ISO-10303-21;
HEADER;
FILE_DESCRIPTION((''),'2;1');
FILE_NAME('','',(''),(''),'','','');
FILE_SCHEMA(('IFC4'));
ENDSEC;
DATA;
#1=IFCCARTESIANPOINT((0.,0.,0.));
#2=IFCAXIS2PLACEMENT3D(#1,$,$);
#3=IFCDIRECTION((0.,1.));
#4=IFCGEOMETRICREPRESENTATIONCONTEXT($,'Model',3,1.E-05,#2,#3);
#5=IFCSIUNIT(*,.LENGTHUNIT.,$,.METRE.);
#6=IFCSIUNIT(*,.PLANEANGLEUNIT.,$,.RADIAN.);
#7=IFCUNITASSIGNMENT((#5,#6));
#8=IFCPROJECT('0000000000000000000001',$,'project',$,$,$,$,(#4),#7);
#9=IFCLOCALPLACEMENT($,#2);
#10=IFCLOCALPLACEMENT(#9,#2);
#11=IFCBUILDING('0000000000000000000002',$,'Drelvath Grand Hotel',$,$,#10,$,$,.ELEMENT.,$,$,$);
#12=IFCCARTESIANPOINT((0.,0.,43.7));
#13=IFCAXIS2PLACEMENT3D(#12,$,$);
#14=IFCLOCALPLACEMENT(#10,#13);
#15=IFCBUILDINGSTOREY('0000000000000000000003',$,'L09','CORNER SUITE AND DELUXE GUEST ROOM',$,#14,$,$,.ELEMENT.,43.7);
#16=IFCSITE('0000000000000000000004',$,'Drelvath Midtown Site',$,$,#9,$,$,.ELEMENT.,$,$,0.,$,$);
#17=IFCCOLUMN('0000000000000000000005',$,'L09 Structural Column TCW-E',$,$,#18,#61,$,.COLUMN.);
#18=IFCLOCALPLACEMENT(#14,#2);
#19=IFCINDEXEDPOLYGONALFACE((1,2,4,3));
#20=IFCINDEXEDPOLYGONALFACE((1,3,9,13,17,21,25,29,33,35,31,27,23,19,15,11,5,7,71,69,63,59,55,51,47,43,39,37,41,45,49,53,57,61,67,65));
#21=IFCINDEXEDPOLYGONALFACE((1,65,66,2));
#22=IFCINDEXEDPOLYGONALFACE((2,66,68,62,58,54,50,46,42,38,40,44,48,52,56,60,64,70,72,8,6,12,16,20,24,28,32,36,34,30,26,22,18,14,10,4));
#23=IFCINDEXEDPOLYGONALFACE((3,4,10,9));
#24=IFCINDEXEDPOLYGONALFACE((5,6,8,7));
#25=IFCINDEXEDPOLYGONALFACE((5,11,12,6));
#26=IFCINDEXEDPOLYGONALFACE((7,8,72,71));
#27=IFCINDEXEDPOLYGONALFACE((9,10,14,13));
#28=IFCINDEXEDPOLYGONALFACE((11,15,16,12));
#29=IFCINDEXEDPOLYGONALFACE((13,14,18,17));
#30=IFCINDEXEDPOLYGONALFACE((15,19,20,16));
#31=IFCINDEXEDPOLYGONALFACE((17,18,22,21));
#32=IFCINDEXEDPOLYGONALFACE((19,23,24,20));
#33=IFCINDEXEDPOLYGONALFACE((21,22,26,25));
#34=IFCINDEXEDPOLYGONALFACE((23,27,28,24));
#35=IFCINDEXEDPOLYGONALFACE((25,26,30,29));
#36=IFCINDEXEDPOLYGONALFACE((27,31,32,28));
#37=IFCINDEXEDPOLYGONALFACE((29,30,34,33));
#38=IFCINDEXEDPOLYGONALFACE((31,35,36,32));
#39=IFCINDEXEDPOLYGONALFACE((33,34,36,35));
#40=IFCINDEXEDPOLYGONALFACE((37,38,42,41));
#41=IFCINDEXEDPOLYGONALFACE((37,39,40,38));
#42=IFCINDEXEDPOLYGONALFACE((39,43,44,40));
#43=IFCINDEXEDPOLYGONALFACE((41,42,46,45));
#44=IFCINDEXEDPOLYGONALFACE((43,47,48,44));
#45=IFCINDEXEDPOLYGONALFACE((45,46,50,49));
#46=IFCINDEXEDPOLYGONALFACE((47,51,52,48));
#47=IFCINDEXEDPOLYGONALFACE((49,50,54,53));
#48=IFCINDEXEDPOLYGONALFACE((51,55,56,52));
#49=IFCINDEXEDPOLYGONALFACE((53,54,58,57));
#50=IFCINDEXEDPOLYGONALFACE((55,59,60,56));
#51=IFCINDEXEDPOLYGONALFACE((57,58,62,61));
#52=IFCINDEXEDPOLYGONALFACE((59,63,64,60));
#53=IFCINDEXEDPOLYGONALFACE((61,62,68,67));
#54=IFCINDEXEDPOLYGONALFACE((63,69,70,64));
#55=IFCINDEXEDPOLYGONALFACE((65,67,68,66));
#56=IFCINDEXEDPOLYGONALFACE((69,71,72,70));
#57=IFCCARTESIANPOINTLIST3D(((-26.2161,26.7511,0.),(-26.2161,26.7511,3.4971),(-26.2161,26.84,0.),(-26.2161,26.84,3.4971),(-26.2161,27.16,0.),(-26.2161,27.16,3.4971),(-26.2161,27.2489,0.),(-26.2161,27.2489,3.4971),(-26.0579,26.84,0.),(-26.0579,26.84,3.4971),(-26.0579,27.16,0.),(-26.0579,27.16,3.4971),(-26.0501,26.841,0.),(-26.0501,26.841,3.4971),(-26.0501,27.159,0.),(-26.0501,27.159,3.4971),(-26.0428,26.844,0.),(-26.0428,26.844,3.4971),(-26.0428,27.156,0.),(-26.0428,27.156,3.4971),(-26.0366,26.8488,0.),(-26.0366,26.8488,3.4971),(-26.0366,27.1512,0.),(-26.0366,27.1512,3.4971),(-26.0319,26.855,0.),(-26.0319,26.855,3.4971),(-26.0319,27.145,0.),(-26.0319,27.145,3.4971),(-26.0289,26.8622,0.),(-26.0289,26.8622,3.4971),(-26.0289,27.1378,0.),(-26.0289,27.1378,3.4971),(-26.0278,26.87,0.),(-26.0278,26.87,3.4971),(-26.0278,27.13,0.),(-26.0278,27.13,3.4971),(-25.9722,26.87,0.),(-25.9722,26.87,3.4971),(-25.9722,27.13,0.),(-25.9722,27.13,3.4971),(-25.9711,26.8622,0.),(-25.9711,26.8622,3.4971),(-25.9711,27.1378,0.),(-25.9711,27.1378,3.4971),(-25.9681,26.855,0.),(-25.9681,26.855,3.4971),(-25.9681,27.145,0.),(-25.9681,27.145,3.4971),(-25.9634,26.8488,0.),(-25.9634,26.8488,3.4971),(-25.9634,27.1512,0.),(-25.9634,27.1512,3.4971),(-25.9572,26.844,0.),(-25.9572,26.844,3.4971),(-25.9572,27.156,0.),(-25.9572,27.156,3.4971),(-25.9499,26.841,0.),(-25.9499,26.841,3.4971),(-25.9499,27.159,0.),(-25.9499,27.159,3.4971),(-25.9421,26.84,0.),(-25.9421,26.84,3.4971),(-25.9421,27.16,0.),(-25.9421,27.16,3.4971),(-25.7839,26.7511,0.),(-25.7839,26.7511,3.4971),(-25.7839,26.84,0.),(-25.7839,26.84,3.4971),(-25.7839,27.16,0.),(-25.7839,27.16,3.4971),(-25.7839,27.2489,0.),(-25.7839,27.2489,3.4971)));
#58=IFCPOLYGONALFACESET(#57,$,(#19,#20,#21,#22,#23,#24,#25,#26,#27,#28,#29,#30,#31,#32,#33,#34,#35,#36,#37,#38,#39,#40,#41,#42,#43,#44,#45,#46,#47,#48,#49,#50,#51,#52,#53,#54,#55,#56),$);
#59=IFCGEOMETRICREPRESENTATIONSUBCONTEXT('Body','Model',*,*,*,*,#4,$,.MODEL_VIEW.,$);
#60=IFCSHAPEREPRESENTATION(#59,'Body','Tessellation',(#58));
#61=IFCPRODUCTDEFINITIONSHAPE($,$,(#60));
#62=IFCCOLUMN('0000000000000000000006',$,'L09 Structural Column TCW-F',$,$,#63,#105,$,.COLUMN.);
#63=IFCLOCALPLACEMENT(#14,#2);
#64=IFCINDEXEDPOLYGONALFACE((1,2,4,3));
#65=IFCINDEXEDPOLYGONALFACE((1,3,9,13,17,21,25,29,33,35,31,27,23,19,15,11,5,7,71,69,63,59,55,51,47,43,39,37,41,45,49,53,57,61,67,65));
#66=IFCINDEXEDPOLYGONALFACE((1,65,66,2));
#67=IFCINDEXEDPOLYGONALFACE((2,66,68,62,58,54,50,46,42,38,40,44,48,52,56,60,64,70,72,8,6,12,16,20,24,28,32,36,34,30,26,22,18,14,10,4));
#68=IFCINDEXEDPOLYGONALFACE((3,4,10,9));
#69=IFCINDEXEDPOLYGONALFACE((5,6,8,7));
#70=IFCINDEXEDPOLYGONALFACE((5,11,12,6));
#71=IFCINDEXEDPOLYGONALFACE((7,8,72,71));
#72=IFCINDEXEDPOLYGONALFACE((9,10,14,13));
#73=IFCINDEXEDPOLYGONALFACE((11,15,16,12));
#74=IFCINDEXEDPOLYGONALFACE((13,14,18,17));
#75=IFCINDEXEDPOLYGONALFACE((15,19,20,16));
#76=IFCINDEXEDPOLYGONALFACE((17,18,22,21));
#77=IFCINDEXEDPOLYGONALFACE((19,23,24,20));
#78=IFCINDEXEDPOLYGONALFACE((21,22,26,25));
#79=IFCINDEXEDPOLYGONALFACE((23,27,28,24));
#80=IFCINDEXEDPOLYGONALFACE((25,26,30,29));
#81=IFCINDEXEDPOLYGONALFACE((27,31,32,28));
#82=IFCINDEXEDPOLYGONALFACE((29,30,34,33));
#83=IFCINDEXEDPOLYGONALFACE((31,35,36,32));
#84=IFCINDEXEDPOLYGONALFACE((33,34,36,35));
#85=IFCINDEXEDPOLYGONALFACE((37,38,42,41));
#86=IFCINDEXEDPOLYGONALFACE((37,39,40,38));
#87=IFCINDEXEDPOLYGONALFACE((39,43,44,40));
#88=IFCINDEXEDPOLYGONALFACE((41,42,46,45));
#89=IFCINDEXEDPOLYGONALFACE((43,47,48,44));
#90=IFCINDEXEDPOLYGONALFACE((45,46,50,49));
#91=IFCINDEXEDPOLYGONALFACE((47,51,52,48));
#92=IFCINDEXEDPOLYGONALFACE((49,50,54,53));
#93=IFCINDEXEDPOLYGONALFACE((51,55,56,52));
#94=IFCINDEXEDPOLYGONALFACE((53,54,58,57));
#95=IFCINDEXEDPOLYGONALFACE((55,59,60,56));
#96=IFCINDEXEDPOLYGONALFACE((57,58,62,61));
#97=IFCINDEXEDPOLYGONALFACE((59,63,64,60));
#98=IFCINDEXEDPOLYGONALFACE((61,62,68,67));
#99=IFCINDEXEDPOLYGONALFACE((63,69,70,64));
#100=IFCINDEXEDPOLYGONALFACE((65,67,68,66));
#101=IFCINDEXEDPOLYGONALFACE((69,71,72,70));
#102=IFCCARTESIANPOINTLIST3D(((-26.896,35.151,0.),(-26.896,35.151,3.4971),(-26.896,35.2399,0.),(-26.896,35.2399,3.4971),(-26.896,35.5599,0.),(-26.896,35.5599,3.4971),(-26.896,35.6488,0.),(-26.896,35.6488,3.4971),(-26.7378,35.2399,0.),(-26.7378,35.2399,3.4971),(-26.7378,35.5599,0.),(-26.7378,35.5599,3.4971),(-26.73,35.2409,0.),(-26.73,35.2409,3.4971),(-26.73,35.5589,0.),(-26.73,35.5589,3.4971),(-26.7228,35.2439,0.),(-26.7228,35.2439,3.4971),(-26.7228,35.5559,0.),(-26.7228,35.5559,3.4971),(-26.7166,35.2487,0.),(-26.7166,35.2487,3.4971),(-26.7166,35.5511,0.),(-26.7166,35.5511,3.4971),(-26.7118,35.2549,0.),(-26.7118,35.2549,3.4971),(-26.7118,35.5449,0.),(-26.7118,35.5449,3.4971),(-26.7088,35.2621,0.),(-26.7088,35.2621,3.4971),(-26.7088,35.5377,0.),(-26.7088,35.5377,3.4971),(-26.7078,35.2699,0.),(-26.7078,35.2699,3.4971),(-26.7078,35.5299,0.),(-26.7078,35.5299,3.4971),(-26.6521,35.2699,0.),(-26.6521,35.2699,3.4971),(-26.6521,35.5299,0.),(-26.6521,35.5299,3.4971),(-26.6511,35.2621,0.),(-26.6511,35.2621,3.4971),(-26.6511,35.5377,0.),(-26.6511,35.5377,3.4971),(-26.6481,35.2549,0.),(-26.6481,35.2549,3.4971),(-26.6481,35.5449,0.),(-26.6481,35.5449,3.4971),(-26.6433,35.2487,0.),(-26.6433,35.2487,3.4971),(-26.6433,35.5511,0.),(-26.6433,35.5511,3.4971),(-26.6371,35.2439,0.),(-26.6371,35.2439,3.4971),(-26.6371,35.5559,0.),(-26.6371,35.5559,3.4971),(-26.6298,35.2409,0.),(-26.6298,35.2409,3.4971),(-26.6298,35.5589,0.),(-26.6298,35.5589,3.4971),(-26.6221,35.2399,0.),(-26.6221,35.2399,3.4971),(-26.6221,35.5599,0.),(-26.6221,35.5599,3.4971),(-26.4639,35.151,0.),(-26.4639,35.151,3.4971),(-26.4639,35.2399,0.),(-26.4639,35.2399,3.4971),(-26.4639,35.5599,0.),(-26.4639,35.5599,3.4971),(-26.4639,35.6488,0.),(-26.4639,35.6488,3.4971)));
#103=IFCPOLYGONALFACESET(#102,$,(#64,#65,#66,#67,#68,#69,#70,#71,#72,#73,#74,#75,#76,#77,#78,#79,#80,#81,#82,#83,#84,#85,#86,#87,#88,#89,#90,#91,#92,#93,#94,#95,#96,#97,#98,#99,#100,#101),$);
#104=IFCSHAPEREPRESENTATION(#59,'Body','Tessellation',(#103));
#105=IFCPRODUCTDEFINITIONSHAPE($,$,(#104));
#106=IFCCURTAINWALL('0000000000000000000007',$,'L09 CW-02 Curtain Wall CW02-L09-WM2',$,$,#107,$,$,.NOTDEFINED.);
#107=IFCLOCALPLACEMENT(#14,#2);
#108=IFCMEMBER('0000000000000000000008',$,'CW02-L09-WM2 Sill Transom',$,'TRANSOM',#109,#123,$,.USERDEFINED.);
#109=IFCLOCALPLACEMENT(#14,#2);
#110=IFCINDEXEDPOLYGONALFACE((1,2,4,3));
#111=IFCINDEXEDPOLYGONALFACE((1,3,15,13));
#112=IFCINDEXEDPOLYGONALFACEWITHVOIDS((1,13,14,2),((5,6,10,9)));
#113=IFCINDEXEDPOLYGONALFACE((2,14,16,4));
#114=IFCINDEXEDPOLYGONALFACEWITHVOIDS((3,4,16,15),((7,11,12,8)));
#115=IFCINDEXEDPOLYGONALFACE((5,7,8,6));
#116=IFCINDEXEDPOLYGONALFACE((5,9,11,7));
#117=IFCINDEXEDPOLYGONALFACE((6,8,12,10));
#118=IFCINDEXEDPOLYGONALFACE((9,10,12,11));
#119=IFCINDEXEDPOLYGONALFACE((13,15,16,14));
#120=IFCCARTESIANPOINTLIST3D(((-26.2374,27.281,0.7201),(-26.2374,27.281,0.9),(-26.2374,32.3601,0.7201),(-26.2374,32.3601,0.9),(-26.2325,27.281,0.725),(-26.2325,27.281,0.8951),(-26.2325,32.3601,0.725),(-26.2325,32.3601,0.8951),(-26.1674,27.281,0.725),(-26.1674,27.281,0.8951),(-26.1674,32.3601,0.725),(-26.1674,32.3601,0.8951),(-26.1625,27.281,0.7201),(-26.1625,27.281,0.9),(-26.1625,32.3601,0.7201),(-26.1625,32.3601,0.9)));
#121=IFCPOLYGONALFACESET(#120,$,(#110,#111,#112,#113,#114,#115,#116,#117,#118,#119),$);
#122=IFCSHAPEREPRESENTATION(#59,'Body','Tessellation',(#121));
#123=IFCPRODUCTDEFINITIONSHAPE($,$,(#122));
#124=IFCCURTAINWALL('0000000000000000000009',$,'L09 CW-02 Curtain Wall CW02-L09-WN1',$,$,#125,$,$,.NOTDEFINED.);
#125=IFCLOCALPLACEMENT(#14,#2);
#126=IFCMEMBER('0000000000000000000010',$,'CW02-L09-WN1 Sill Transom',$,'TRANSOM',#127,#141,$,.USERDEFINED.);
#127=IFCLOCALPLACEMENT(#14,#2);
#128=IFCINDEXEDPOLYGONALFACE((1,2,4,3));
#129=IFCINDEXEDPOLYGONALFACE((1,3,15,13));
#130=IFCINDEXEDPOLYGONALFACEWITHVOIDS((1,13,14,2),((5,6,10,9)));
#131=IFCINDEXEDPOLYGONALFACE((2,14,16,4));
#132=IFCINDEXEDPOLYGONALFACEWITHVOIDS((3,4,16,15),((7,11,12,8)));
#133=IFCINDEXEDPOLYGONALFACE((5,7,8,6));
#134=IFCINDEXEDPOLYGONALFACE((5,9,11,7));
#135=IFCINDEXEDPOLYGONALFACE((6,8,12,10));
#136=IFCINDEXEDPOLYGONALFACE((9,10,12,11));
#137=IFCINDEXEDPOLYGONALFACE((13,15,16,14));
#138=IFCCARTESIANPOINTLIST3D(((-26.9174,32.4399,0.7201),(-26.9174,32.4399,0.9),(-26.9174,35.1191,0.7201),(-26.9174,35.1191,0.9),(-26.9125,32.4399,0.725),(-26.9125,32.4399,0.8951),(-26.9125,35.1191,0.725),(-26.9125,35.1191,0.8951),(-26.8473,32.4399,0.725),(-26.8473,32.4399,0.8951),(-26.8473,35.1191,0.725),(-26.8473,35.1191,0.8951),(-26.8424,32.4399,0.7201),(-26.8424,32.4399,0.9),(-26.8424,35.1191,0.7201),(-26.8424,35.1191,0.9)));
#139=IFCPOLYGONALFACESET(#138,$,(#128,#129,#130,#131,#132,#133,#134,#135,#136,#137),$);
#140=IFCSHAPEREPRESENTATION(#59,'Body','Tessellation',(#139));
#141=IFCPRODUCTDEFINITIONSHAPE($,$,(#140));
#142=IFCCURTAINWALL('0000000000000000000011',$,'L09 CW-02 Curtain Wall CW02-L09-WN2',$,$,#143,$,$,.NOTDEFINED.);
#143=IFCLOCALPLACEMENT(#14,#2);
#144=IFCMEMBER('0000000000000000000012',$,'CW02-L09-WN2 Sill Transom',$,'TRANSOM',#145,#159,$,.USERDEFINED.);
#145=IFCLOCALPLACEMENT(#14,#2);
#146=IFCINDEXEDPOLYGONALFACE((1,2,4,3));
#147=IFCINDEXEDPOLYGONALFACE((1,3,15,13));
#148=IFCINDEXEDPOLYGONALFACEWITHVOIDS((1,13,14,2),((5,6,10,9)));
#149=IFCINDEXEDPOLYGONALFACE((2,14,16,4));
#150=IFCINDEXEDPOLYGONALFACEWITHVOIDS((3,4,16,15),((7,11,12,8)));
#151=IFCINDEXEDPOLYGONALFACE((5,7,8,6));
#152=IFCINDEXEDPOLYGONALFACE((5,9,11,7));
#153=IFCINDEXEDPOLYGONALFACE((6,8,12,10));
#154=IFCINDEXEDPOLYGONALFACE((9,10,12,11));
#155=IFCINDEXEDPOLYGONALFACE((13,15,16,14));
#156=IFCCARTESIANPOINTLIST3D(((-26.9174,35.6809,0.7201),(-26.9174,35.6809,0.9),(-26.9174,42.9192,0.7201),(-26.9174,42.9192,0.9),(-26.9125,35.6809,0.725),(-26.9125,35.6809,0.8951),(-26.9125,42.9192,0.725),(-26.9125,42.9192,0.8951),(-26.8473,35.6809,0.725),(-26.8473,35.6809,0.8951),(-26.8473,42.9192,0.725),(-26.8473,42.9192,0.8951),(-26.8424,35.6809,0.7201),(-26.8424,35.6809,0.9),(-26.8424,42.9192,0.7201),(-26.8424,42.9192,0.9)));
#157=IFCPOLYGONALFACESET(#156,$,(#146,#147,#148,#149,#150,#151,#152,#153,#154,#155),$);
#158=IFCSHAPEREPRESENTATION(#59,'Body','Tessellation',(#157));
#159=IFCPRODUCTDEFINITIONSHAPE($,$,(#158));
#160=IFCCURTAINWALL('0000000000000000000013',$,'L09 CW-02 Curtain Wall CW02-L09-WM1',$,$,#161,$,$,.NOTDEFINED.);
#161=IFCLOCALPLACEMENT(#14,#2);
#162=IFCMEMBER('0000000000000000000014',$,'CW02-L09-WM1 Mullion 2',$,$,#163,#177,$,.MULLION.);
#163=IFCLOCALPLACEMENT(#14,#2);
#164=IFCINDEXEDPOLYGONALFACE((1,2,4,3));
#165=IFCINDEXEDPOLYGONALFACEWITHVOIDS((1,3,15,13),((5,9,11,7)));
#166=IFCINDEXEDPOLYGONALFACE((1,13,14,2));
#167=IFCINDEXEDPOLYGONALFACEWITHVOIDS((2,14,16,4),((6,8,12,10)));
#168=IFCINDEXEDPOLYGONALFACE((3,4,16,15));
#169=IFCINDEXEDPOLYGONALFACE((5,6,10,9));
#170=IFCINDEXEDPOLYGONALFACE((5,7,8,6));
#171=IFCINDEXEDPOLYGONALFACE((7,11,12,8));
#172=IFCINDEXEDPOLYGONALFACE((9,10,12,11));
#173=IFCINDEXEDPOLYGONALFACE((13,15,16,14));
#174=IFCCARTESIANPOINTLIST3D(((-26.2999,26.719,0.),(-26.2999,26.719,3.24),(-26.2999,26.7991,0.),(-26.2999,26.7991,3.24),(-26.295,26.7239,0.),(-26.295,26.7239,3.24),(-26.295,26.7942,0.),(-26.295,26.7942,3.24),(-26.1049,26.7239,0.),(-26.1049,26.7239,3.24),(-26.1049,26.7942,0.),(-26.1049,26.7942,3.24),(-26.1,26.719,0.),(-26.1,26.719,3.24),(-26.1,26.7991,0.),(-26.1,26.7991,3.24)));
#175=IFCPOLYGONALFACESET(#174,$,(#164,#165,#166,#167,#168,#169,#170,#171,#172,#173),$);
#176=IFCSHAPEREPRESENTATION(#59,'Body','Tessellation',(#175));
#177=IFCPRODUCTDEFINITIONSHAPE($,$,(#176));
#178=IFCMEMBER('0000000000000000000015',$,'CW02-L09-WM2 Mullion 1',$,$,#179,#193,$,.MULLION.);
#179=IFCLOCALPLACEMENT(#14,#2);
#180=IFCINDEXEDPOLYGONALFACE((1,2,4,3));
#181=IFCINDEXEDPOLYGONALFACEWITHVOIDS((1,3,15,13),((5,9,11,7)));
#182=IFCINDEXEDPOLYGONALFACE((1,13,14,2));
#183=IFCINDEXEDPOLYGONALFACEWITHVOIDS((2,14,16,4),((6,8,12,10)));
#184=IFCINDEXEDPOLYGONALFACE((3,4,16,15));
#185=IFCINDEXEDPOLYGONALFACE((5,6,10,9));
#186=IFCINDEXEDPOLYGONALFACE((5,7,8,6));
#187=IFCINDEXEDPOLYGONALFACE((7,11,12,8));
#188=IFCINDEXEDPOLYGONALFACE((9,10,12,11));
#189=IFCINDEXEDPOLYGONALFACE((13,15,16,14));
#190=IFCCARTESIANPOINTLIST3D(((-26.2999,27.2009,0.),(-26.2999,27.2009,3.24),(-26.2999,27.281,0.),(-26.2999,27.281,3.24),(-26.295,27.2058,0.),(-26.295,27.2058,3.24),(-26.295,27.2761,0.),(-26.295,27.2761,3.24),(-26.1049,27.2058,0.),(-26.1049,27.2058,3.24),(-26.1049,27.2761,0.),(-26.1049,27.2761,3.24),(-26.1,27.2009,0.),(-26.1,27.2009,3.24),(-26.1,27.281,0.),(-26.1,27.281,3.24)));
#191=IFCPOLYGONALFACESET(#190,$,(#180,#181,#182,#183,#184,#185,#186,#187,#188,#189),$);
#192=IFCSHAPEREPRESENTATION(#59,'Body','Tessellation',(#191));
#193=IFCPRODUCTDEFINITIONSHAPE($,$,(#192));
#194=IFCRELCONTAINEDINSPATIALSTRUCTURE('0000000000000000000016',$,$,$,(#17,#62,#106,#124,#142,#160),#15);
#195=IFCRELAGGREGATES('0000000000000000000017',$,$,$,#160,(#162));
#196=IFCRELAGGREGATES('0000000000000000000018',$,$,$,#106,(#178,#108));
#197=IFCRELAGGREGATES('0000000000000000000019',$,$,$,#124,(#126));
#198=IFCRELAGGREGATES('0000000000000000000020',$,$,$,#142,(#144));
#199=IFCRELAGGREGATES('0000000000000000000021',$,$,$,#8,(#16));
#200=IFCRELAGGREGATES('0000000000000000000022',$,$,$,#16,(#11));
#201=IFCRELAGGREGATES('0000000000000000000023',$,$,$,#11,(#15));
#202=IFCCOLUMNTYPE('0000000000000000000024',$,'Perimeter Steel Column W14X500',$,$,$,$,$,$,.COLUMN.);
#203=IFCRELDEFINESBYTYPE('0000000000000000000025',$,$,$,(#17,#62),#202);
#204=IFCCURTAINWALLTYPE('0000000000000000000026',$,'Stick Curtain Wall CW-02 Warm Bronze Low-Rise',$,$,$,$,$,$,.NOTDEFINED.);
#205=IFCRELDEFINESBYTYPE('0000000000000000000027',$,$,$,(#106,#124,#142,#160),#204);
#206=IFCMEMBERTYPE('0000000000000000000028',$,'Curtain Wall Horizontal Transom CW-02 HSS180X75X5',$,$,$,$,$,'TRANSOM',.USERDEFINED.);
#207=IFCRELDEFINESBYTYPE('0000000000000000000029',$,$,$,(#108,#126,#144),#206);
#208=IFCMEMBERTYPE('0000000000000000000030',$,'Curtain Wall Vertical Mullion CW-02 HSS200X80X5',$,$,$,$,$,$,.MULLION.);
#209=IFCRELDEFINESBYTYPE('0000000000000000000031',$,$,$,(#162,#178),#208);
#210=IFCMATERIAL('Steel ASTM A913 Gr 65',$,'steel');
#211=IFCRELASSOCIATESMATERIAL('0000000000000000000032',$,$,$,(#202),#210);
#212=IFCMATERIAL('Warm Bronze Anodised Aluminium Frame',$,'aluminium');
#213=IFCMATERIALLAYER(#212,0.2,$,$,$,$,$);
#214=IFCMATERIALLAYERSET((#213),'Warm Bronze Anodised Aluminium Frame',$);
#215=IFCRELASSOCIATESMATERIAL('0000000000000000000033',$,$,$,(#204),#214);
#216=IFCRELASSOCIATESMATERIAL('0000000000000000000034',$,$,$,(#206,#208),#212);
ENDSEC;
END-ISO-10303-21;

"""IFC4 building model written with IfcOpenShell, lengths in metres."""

from ifc_helpers import new_model, si_unit, direction, frame, origin, origin_2d, place, context, subcontext, project, spatial, hollow_rectangle, i_section, extrude, material, layer, layer_set, material_profile, profile_set, type_object, element, aggregate, save


model = new_model("IFC4")

# Units and contexts
model_context = context("Model", 3, precision=1e-05, world=origin(), true_north=direction((0.0, 1.0)))
body_context = subcontext(model_context, "Body", "Model", "MODEL_VIEW")
ifc_project = project(units=[si_unit("LENGTHUNIT", "METRE"), si_unit("PLANEANGLEUNIT", "RADIAN")], contexts=[model_context])

# Site, building, storey
site_placement = place(None, origin())
site = spatial("IfcSite", under=ifc_project, at=site_placement, Name="Drelvath Midtown Site", CompositionType="ELEMENT", RefElevation=0.0)
building_placement = place(site_placement, origin())
building = spatial("IfcBuilding", under=site, at=building_placement, Name="Drelvath Grand Hotel", CompositionType="ELEMENT")
storey_placement = place(building_placement, frame((0.0, 0.0, 43.7)))
storey = spatial("IfcBuildingStorey", under=building, at=storey_placement, Name="L09", Description="CORNER SUITE AND DELUXE GUEST ROOM", CompositionType="ELEMENT", Elevation=43.7)

# Columns
ifc_material_1 = material(Name="Steel ASTM A913 Gr 65", Category="steel")
ifc_material_profile_1 = material_profile(ifc_material_1, i_section(OverallWidth=0.4321, OverallDepth=0.4978, WebThickness=0.0557, FlangeThickness=0.0889, FilletRadius=0.03, at=origin_2d()), Name="W14X500")
ifc_profile_set_1 = profile_set([ifc_material_profile_1], Name="Steel ASTM A913 Gr 65")
column_type = type_object("IfcColumnType", Name="Perimeter Steel Column W14X500", PredefinedType="COLUMN", material=ifc_profile_set_1)
for number, where, z_axis, x_axis, name in (
    (1, (-26.0, 27.0, 0.0), (0.0, 0.0, 1.0), (1.0, 0.0, 0.0), "L09 Structural Column TCW-E"),
    (2, (-26.6799, 35.3999, 0.0), (0.0, 0.0, 1.0), (1.0, 0.0, 0.0), "L09 Structural Column TCW-F"),
):
    element("IfcColumn", number, at=place(storey_placement, frame(where, z_axis=z_axis, x_axis=x_axis)), inside=storey, type_object=column_type, Name=name, PredefinedType="COLUMN", context=body_context, shape_type="SweptSolid", body=[
        extrude(i_section(OverallWidth=0.4321, OverallDepth=0.4978, WebThickness=0.0557, FlangeThickness=0.0889, FilletRadius=0.03, at=origin_2d()), origin(), (0.0, 0.0, 1.0), 3.4971),
    ])

# Curtain walls, members
ifc_material_2 = material(Name="Warm Bronze Anodised Aluminium Frame", Category="aluminium")
ifc_layer_1 = layer(ifc_material_2, 0.2)
ifc_layer_set_1 = layer_set([ifc_layer_1], Name="Warm Bronze Anodised Aluminium Frame")
curtain_wall_type = type_object("IfcCurtainWallType", Name="Stick Curtain Wall CW-02 Warm Bronze Low-Rise", PredefinedType="NOTDEFINED", material=ifc_layer_set_1)
curtain_wall_1_placement = place(storey_placement, origin())
curtain_wall_1 = element("IfcCurtainWall", 3, at=curtain_wall_1_placement, inside=storey, type_object=curtain_wall_type, Name="L09 CW-02 Curtain Wall CW02-L09-WM2", PredefinedType="NOTDEFINED")
ifc_material_profile_2 = material_profile(ifc_material_2, hollow_rectangle(XDim=0.075, YDim=0.1799, WallThickness=0.0049, at=origin_2d()), Name="HSS180X75X5")
ifc_profile_set_2 = profile_set([ifc_material_profile_2], Name="Warm Bronze Anodised Aluminium Frame")
member_type_1 = type_object("IfcMemberType", Name="Curtain Wall Horizontal Transom CW-02 HSS180X75X5", ElementType="TRANSOM", PredefinedType="USERDEFINED", material=ifc_profile_set_2)
member_1_placement = place(storey_placement, frame((-26.2, 27.281, 0.8101), z_axis=(0.0, 1.0, 0.0), x_axis=(-1.0, 0.0, 0.0)))
member_1 = element("IfcMember", 4, at=member_1_placement, type_object=member_type_1, Name="CW02-L09-WM2 Sill Transom", ObjectType="TRANSOM", PredefinedType="USERDEFINED", context=body_context, shape_type="SweptSolid", body=[
    extrude(hollow_rectangle(XDim=0.075, YDim=0.1799, WallThickness=0.0049, at=origin_2d()), origin(), (0.0, 0.0, 1.0), 5.0791),
])
curtain_wall_2_placement = place(storey_placement, origin())
curtain_wall_2 = element("IfcCurtainWall", 5, at=curtain_wall_2_placement, inside=storey, type_object=curtain_wall_type, Name="L09 CW-02 Curtain Wall CW02-L09-WN1", PredefinedType="NOTDEFINED")
member_2_placement = place(storey_placement, frame((-26.8799, 32.4399, 0.8101), z_axis=(0.0, 1.0, 0.0), x_axis=(-1.0, 0.0, 0.0)))
member_2 = element("IfcMember", 6, at=member_2_placement, type_object=member_type_1, Name="CW02-L09-WN1 Sill Transom", ObjectType="TRANSOM", PredefinedType="USERDEFINED", context=body_context, shape_type="SweptSolid", body=[
    extrude(hollow_rectangle(XDim=0.075, YDim=0.1799, WallThickness=0.0049, at=origin_2d()), origin(), (0.0, 0.0, 1.0), 2.6792),
])
curtain_wall_3_placement = place(storey_placement, origin())
curtain_wall_3 = element("IfcCurtainWall", 7, at=curtain_wall_3_placement, inside=storey, type_object=curtain_wall_type, Name="L09 CW-02 Curtain Wall CW02-L09-WN2", PredefinedType="NOTDEFINED")
member_3_placement = place(storey_placement, frame((-26.8799, 35.6809, 0.8101), z_axis=(0.0, 1.0, 0.0), x_axis=(-1.0, 0.0, 0.0)))
member_3 = element("IfcMember", 8, at=member_3_placement, type_object=member_type_1, Name="CW02-L09-WN2 Sill Transom", ObjectType="TRANSOM", PredefinedType="USERDEFINED", context=body_context, shape_type="SweptSolid", body=[
    extrude(hollow_rectangle(XDim=0.075, YDim=0.1799, WallThickness=0.0049, at=origin_2d()), origin(), (0.0, 0.0, 1.0), 7.2383),
])
curtain_wall_4_placement = place(storey_placement, origin())
curtain_wall_4 = element("IfcCurtainWall", 9, at=curtain_wall_4_placement, inside=storey, type_object=curtain_wall_type, Name="L09 CW-02 Curtain Wall CW02-L09-WM1", PredefinedType="NOTDEFINED")
ifc_material_profile_3 = material_profile(ifc_material_2, hollow_rectangle(XDim=0.0801, YDim=0.2, WallThickness=0.0049, at=origin_2d()), Name="HSS200X80X5")
ifc_profile_set_3 = profile_set([ifc_material_profile_3], Name="Warm Bronze Anodised Aluminium Frame")
member_type_2 = type_object("IfcMemberType", Name="Curtain Wall Vertical Mullion CW-02 HSS200X80X5", PredefinedType="MULLION", material=ifc_profile_set_3)
member_4_placement = place(storey_placement, frame((-26.2, 26.759, 0.0), z_axis=(0.0, 0.0, 1.0), x_axis=(0.0, 1.0, 0.0)))
member_4 = element("IfcMember", 10, at=member_4_placement, type_object=member_type_2, Name="CW02-L09-WM1 Mullion 2", PredefinedType="MULLION", context=body_context, shape_type="SweptSolid", body=[
    extrude(hollow_rectangle(XDim=0.0801, YDim=0.2, WallThickness=0.0049, at=origin_2d()), origin(), (0.0, 0.0, 1.0), 3.24),
])
aggregate(curtain_wall_4, [member_4])

# Member
member_5_placement = place(storey_placement, frame((-26.2, 27.241, 0.0), z_axis=(0.0, 0.0, 1.0), x_axis=(0.0, 1.0, 0.0)))
member_5 = element("IfcMember", 11, at=member_5_placement, type_object=member_type_2, Name="CW02-L09-WM2 Mullion 1", PredefinedType="MULLION", context=body_context, shape_type="SweptSolid", body=[
    extrude(hollow_rectangle(XDim=0.0801, YDim=0.2, WallThickness=0.0049, at=origin_2d()), origin(), (0.0, 0.0, 1.0), 3.24),
])

aggregate(curtain_wall_1, [member_5, member_1])
aggregate(curtain_wall_2, [member_2])
aggregate(curtain_wall_3, [member_3])

save(model, "model.ifc")
